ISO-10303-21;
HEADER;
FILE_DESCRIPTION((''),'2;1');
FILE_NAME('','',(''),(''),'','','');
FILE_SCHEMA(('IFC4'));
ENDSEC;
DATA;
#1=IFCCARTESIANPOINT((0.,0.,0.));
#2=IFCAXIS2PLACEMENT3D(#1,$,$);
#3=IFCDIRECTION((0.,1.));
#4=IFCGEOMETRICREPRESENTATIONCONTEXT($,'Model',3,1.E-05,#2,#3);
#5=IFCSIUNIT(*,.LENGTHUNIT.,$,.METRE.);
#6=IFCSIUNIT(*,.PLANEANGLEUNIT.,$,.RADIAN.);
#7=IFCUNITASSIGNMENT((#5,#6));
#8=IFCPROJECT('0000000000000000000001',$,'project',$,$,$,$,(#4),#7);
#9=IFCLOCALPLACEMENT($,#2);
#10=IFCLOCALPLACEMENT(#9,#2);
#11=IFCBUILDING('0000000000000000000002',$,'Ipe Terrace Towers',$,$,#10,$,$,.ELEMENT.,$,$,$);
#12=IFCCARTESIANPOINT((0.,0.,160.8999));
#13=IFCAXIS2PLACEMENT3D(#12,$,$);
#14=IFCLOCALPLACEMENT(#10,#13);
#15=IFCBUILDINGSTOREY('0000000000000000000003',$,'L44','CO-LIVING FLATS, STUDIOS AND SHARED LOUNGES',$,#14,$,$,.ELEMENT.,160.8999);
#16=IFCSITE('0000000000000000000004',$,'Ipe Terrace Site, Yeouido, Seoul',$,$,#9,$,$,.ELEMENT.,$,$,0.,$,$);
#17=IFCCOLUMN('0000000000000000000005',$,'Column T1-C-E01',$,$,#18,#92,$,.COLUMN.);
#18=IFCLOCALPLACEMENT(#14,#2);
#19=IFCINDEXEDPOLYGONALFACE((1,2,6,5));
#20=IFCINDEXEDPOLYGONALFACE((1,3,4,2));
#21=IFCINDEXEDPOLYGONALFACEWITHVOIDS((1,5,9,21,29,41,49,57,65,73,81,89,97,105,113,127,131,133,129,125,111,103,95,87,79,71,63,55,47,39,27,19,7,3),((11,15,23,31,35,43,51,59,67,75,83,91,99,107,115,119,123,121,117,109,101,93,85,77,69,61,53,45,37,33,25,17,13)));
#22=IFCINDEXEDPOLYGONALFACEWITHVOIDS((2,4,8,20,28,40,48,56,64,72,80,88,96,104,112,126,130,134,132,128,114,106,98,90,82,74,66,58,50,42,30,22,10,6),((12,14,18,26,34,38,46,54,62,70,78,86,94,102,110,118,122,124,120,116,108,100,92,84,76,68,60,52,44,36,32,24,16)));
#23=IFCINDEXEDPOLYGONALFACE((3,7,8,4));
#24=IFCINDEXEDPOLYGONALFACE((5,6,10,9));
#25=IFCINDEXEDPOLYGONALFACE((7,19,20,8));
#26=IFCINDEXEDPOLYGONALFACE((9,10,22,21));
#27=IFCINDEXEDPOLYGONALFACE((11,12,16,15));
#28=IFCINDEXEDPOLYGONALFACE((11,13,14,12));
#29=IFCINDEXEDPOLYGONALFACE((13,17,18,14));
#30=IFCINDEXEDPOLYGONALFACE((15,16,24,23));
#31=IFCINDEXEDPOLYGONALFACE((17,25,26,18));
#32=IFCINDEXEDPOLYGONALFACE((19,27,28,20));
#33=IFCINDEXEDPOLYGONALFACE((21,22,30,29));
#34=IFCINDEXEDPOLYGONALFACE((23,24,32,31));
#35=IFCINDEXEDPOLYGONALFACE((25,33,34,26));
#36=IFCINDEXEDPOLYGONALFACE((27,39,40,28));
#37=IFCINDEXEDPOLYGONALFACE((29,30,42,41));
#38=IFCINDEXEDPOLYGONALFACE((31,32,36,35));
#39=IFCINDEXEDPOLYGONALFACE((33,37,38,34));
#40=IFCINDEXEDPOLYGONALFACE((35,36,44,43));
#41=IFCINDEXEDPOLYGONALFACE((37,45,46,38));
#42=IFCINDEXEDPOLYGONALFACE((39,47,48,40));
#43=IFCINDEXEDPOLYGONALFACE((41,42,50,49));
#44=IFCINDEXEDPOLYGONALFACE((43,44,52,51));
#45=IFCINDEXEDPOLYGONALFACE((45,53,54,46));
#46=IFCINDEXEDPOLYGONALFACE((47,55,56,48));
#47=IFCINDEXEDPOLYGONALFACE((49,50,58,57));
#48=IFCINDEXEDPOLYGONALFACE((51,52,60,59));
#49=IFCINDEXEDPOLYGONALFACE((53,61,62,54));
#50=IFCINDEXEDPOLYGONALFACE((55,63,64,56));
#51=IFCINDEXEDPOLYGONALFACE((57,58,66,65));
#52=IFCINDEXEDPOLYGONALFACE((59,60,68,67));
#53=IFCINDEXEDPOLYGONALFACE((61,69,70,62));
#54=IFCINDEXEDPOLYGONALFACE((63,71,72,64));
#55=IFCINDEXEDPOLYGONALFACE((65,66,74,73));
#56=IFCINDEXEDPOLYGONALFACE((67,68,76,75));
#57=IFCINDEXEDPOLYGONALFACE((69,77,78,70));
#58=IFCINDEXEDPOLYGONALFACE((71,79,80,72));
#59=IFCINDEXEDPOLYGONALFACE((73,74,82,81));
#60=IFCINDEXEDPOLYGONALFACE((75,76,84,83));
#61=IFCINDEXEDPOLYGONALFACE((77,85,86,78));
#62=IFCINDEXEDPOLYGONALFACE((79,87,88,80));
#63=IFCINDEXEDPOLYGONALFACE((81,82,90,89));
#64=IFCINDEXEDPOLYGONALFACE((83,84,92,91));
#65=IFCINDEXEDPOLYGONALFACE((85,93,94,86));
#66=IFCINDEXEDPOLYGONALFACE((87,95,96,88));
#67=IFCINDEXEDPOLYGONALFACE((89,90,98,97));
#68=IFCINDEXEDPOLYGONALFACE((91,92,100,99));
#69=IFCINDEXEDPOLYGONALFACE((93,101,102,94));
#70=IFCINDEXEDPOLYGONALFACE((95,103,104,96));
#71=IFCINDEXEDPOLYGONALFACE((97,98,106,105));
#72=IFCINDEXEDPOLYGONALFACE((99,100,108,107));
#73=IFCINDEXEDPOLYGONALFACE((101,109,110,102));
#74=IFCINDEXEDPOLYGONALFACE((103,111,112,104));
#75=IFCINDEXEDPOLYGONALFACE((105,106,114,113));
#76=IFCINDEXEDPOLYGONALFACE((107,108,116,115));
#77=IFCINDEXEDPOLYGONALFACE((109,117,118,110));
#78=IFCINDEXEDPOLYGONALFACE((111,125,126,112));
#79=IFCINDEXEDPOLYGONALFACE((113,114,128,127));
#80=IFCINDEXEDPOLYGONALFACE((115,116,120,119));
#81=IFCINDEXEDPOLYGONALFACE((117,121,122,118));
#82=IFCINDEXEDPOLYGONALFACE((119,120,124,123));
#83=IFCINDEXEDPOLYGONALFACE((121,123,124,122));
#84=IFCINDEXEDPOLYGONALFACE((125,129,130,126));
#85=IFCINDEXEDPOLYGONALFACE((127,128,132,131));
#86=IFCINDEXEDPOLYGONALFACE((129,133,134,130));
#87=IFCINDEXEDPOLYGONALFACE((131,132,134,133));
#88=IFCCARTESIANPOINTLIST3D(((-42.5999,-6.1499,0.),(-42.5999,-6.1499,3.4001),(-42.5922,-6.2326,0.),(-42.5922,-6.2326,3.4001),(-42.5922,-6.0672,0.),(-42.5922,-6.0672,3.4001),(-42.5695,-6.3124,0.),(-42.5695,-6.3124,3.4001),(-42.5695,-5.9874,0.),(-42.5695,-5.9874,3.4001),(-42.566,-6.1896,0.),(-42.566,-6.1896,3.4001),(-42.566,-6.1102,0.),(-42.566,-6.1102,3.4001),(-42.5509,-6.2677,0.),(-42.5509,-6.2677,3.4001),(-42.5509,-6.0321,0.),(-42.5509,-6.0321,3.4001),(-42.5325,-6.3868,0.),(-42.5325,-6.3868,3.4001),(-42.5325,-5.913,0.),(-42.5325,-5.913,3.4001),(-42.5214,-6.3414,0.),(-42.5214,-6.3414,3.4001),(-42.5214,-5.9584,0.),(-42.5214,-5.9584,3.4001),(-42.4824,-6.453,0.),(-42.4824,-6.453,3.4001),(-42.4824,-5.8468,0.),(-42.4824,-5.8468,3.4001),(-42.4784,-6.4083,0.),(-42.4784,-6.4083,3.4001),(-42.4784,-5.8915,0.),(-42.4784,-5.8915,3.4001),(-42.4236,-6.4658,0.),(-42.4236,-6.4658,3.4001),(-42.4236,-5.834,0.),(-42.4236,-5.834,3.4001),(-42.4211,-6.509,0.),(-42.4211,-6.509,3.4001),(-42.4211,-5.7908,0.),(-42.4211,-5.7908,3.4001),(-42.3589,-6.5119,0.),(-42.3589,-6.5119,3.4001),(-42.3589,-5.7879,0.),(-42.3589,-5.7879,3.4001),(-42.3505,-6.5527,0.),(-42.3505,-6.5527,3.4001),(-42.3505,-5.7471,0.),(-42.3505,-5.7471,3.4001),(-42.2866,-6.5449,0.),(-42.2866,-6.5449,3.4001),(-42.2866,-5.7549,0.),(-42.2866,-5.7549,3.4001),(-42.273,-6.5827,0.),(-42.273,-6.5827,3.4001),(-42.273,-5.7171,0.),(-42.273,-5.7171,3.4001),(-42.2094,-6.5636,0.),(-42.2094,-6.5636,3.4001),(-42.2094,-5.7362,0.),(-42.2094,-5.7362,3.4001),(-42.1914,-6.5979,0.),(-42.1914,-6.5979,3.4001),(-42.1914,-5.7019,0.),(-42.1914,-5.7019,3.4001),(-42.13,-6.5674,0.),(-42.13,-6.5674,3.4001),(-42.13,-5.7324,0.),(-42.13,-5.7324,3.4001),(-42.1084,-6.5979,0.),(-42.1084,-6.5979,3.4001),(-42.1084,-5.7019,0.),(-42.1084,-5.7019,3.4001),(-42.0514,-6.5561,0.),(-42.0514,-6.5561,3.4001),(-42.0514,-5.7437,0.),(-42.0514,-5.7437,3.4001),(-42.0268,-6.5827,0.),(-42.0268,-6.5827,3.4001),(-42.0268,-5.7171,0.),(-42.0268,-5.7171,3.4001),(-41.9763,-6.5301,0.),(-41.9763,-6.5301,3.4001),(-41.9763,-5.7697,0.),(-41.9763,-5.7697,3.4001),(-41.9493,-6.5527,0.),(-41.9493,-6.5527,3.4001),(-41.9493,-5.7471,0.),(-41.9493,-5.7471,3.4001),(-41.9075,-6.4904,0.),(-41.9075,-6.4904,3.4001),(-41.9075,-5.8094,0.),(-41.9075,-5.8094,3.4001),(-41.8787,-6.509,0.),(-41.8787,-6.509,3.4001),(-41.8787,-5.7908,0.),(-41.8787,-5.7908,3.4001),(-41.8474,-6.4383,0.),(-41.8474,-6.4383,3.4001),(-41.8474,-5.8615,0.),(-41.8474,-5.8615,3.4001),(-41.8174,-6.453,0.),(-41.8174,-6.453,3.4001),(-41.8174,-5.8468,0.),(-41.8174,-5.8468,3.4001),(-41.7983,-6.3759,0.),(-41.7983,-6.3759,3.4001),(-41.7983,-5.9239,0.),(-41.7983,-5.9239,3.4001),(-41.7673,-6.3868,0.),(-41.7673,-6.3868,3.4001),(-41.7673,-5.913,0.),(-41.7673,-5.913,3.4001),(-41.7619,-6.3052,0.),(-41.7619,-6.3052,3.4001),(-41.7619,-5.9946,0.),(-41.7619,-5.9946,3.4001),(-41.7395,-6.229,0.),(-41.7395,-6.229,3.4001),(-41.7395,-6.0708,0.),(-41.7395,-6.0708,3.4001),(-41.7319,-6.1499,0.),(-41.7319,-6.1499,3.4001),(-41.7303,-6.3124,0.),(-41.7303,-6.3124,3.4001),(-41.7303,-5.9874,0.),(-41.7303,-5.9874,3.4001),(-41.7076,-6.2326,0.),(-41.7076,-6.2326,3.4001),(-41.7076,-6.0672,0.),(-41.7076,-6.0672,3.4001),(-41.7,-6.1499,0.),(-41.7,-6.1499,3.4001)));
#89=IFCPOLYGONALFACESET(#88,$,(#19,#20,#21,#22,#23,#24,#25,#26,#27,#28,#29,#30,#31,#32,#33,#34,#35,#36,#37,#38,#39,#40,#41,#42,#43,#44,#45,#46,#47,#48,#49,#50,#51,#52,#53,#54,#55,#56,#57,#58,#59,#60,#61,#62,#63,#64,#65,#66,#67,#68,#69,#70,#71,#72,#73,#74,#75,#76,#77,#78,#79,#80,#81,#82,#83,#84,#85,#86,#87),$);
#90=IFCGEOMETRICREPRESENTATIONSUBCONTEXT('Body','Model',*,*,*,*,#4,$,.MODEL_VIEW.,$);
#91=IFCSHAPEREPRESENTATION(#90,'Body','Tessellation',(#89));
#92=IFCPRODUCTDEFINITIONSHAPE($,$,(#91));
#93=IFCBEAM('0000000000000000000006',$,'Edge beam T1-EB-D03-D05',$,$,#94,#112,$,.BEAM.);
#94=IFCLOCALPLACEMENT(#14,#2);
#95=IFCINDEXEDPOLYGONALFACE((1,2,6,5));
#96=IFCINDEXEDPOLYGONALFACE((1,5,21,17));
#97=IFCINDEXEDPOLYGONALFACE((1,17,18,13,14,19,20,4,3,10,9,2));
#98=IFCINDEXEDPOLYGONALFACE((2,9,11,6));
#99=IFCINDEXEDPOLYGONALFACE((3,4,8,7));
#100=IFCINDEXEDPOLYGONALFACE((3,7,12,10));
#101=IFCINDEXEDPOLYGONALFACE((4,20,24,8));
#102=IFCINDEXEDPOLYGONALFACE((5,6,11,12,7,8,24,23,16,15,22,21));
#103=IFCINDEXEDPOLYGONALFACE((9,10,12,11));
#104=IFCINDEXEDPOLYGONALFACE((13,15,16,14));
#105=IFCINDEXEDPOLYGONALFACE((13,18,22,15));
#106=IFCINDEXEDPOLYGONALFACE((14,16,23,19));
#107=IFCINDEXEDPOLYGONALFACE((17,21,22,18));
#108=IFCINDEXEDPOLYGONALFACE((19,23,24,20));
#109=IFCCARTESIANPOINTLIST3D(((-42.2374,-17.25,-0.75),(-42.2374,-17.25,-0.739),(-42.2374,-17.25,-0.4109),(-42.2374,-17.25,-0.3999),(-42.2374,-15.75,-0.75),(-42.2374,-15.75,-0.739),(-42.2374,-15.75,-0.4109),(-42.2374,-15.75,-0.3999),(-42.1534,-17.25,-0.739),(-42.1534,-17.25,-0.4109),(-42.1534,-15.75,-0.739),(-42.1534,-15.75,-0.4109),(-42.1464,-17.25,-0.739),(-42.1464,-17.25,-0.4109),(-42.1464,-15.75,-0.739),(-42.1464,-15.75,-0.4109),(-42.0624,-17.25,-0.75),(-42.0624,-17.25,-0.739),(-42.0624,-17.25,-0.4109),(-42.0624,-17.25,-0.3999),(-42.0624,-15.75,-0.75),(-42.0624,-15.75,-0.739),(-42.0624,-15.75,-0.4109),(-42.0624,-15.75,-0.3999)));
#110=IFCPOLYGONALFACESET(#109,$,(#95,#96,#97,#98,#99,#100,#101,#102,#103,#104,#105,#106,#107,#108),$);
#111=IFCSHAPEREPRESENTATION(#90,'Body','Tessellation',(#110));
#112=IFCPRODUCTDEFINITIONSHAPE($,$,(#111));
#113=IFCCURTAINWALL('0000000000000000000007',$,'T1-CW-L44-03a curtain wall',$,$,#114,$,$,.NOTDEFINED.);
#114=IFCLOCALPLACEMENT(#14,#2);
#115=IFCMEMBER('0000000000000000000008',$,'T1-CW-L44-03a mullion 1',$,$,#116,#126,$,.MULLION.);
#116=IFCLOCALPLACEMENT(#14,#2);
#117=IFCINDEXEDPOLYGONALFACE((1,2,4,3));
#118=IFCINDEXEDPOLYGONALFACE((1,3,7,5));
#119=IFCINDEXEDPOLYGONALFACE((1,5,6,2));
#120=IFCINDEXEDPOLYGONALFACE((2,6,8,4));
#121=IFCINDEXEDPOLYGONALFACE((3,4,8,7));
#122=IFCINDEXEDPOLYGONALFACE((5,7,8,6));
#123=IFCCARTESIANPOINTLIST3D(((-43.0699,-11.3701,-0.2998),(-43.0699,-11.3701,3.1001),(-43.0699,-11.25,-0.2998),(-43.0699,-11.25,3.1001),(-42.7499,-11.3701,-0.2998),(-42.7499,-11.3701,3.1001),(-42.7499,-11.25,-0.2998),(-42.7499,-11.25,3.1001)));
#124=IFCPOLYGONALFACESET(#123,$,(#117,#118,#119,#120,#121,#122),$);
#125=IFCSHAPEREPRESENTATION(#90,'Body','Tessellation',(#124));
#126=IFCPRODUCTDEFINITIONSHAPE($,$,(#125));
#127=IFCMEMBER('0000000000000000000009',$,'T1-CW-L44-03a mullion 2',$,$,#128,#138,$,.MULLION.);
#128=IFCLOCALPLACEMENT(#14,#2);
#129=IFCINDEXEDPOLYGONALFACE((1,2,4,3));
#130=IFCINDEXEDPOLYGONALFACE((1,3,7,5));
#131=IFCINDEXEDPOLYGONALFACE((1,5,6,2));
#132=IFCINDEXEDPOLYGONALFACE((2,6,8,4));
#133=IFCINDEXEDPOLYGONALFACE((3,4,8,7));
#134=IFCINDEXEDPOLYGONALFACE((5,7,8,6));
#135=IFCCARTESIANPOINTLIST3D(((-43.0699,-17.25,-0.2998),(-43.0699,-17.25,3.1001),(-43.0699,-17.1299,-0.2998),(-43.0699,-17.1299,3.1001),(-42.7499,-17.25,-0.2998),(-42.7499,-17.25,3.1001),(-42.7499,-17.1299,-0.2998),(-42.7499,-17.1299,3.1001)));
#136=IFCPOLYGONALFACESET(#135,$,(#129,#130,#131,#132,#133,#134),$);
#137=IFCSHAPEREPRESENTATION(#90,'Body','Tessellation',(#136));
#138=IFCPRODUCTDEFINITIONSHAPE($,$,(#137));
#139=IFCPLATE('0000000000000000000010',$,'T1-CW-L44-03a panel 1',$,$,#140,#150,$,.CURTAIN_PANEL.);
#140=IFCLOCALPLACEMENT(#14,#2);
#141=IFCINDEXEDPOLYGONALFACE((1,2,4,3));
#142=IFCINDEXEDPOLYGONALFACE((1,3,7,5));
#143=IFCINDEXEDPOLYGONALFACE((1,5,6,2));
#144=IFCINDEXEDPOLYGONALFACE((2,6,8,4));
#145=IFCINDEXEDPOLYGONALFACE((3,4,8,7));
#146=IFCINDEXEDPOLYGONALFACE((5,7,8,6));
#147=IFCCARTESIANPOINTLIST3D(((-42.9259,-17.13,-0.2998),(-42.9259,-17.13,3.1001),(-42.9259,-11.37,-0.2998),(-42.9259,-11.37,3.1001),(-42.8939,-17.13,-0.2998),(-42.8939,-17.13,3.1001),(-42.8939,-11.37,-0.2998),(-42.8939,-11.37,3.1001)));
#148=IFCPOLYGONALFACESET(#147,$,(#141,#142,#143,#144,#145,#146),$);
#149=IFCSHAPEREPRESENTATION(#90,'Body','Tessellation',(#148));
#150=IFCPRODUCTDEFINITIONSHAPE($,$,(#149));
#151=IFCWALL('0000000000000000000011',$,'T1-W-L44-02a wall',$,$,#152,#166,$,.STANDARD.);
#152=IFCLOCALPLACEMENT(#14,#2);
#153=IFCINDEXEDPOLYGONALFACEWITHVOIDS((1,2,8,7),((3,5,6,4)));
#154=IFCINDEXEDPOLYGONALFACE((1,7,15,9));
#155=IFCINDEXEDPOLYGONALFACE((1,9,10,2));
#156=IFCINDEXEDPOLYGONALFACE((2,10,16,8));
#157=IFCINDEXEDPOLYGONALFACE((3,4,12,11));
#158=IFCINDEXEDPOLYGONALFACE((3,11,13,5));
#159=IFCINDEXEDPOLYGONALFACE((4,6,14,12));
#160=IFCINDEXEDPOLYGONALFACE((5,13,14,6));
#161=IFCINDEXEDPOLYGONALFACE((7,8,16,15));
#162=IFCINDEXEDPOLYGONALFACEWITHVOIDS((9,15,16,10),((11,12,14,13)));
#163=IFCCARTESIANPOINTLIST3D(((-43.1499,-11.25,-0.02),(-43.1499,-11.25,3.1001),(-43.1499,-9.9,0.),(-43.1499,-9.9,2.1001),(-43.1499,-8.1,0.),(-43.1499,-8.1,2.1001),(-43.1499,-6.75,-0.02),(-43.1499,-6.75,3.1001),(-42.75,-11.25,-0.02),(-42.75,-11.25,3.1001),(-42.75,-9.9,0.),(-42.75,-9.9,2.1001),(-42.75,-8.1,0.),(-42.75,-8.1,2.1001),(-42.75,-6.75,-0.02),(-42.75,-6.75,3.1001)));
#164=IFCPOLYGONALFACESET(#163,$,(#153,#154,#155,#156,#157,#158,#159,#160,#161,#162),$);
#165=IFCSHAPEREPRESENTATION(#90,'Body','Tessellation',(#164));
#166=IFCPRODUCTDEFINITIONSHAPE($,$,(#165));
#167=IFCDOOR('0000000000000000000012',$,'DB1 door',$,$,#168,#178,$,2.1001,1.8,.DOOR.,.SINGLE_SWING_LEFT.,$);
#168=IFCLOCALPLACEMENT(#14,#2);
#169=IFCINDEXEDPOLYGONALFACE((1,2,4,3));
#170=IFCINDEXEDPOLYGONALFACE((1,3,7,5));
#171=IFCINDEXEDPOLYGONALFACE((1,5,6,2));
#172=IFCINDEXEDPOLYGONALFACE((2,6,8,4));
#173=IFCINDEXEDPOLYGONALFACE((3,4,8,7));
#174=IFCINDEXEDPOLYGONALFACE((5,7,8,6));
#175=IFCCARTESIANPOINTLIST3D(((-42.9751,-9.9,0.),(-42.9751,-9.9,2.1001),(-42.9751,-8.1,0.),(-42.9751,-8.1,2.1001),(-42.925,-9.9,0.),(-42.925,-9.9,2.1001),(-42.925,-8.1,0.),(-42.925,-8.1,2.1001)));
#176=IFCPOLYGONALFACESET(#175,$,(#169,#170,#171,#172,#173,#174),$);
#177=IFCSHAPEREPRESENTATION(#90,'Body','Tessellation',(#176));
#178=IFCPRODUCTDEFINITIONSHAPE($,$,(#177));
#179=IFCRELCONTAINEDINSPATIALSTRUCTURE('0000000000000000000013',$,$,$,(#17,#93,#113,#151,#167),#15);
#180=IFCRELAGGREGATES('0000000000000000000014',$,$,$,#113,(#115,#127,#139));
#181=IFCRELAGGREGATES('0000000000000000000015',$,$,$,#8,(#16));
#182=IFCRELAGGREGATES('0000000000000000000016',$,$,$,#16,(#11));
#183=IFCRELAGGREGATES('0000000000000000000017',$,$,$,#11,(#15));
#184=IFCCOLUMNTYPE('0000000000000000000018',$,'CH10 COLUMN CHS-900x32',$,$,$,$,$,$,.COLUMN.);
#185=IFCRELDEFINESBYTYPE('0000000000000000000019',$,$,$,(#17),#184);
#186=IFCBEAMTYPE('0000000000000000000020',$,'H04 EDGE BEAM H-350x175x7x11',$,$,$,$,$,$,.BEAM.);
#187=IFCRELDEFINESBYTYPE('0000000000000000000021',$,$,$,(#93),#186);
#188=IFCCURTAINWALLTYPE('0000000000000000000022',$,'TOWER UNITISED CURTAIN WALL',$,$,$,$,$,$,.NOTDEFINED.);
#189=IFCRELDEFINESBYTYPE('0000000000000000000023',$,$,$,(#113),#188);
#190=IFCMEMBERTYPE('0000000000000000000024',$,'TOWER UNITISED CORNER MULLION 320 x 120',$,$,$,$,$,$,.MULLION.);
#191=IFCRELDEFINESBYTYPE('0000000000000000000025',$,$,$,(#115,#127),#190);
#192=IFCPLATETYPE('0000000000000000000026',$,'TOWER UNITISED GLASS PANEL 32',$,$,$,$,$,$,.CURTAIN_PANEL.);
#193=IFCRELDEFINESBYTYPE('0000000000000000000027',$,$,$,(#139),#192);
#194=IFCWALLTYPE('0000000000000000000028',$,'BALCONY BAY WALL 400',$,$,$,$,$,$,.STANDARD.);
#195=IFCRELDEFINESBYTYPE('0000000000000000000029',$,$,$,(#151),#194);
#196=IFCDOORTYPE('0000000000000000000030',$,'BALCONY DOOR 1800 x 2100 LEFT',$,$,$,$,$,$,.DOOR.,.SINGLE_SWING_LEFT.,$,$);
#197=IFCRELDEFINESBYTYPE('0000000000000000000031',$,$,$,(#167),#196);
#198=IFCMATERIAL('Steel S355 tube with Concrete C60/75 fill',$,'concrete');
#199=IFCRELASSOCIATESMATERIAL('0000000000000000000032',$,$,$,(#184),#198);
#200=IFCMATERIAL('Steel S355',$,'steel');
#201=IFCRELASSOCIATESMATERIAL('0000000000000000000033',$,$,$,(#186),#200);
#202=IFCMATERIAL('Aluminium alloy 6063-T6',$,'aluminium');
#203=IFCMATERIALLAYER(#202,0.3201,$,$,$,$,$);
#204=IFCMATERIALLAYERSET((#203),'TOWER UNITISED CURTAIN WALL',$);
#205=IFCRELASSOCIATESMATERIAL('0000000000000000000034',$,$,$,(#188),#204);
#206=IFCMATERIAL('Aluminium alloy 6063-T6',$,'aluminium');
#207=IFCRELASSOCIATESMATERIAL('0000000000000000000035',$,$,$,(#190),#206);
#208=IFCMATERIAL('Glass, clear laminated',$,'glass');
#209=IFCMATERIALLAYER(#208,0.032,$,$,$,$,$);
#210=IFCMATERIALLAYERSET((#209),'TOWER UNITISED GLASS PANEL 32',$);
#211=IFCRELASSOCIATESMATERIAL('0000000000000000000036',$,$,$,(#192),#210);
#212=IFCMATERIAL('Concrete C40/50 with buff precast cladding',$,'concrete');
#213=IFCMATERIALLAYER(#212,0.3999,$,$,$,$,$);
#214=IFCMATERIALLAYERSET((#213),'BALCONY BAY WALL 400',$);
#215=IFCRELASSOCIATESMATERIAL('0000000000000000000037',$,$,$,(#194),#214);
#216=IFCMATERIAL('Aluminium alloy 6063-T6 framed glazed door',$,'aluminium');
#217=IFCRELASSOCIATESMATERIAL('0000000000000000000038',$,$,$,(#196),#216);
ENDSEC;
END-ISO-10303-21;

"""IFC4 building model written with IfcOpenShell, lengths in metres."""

from ifc_helpers import new_model, si_unit, direction, frame, frame_2d, origin, origin_2d, place, context, subcontext, project, spatial, rectangle, hollow_circle, i_section, extrude, material, layer, layer_set, material_profile, profile_set, type_object, element, fill, aggregate, save


model = new_model("IFC4")

# Units and contexts
model_context = context("Model", 3, precision=1e-05, world=origin(), true_north=direction((0.0, 1.0)))
body_context = subcontext(model_context, "Body", "Model", "MODEL_VIEW")
ifc_project = project(units=[si_unit("LENGTHUNIT", "METRE"), si_unit("PLANEANGLEUNIT", "RADIAN")], contexts=[model_context])

# Site, building, storey
site_placement = place(None, origin())
site = spatial("IfcSite", under=ifc_project, at=site_placement, Name="Ipe Terrace Site, Yeouido, Seoul", CompositionType="ELEMENT", RefElevation=0.0)
building_placement = place(site_placement, origin())
building = spatial("IfcBuilding", under=site, at=building_placement, Name="Ipe Terrace Towers", CompositionType="ELEMENT")
storey_placement = place(building_placement, frame((0.0, 0.0, 160.8999)))
storey = spatial("IfcBuildingStorey", under=building, at=storey_placement, Name="L44", Description="CO-LIVING FLATS, STUDIOS AND SHARED LOUNGES", CompositionType="ELEMENT", Elevation=160.8999)

# Column
ifc_material_1 = material(Name="Steel S355 tube with Concrete C60/75 fill", Category="concrete")
ifc_material_profile_1 = material_profile(ifc_material_1, hollow_circle(Radius=0.45, WallThickness=0.032, at=origin_2d()), Name="CHS-900x32")
ifc_profile_set_1 = profile_set([ifc_material_profile_1], Name="Steel S355 tube with Concrete C60/75 fill")
column_type_1 = type_object("IfcColumnType", Name="CH10 COLUMN CHS-900x32", PredefinedType="COLUMN", material=ifc_profile_set_1)
column_placement = place(storey_placement, frame((-42.1499, -6.1499, 0.0), z_axis=(0.0, 0.0, 1.0), x_axis=(1.0, 0.0, 0.0)))
element("IfcColumn", 1, at=column_placement, inside=storey, type_object=column_type_1, Name="Column T1-C-E01", PredefinedType="COLUMN", context=body_context, shape_type="SweptSolid", body=[
    extrude(hollow_circle(Radius=0.45, WallThickness=0.032, at=origin_2d()), origin(), (0.0, 0.0, 1.0), 3.4001),
])

# Beam
ifc_material_2 = material(Name="Steel S355", Category="steel")
ifc_material_profile_2 = material_profile(ifc_material_2, i_section(OverallWidth=0.175, OverallDepth=0.3501, WebThickness=0.0071, FlangeThickness=0.011, at=origin_2d()), Name="H-350x175x7x11")
ifc_profile_set_2 = profile_set([ifc_material_profile_2], Name="Steel S355")
beam_type = type_object("IfcBeamType", Name="H04 EDGE BEAM H-350x175x7x11", PredefinedType="BEAM", material=ifc_profile_set_2)
beam_placement = place(storey_placement, frame((-42.1499, -15.75, -0.575), z_axis=(0.0, -1.0, 0.0), x_axis=(1.0, 0.0, 0.0)))
element("IfcBeam", 2, at=beam_placement, inside=storey, type_object=beam_type, Name="Edge beam T1-EB-D03-D05", PredefinedType="BEAM", context=body_context, shape_type="SweptSolid", body=[
    extrude(i_section(OverallWidth=0.175, OverallDepth=0.3501, WebThickness=0.0071, FlangeThickness=0.011, at=origin_2d()), origin(), (0.0, 0.0, 1.0), 1.5),
])

# Curtain wall, members, plate
ifc_material_3 = material(Name="Aluminium alloy 6063-T6", Category="aluminium")
ifc_layer_1 = layer(ifc_material_3, 0.3201)
ifc_layer_set_1 = layer_set([ifc_layer_1], Name="TOWER UNITISED CURTAIN WALL")
curtain_wall_type = type_object("IfcCurtainWallType", Name="TOWER UNITISED CURTAIN WALL", PredefinedType="NOTDEFINED", material=ifc_layer_set_1)
curtain_wall_placement = place(storey_placement, origin())
curtain_wall = element("IfcCurtainWall", 3, at=curtain_wall_placement, inside=storey, type_object=curtain_wall_type, Name="T1-CW-L44-03a curtain wall", PredefinedType="NOTDEFINED")
ifc_material_4 = material(Name="Aluminium alloy 6063-T6", Category="aluminium")
ifc_material_profile_3 = material_profile(ifc_material_4, rectangle(XDim=0.3201, YDim=0.1201, at=origin_2d()), Name="TOWER UNITISED CORNER MULLION 320 x 120")
ifc_profile_set_3 = profile_set([ifc_material_profile_3], Name="Aluminium alloy 6063-T6")
member_type = type_object("IfcMemberType", Name="TOWER UNITISED CORNER MULLION 320 x 120", PredefinedType="MULLION", material=ifc_profile_set_3)
member_1_placement = place(storey_placement, frame((-42.9099, -11.3101, -0.2998), z_axis=(0.0, 0.0, 1.0), x_axis=(-1.0, 0.0, 0.0)))
member_1 = element("IfcMember", 4, at=member_1_placement, type_object=member_type, Name="T1-CW-L44-03a mullion 1", PredefinedType="MULLION", context=body_context, shape_type="SweptSolid", body=[
    extrude(rectangle(XDim=0.3201, YDim=0.1201, at=origin_2d()), origin(), (0.0, 0.0, 1.0), 3.3999),
])
member_2_placement = place(storey_placement, frame((-42.9099, -17.1899, -0.2998), z_axis=(0.0, 0.0, 1.0), x_axis=(-1.0, 0.0, 0.0)))
member_2 = element("IfcMember", 5, at=member_2_placement, type_object=member_type, Name="T1-CW-L44-03a mullion 2", PredefinedType="MULLION", context=body_context, shape_type="SweptSolid", body=[
    extrude(rectangle(XDim=0.3201, YDim=0.1201, at=origin_2d()), origin(), (0.0, 0.0, 1.0), 3.3999),
])
ifc_material_5 = material(Name="Glass, clear laminated", Category="glass")
ifc_layer_2 = layer(ifc_material_5, 0.032)
ifc_layer_set_2 = layer_set([ifc_layer_2], Name="TOWER UNITISED GLASS PANEL 32")
plate_type = type_object("IfcPlateType", Name="TOWER UNITISED GLASS PANEL 32", PredefinedType="CURTAIN_PANEL", material=ifc_layer_set_2)
plate_placement = place(storey_placement, frame((-42.9099, -14.25, -0.2998), z_axis=(0.0, 0.0, 1.0), x_axis=(0.0, -1.0, 0.0)))
plate = element("IfcPlate", 6, at=plate_placement, type_object=plate_type, Name="T1-CW-L44-03a panel 1", PredefinedType="CURTAIN_PANEL", context=body_context, shape_type="SweptSolid", body=[
    extrude(rectangle(XDim=5.76, YDim=0.032, at=origin_2d()), origin(), (0.0, 0.0, 1.0), 3.3999),
])
aggregate(curtain_wall, [member_1, member_2, plate])

# Wall, opening, door
ifc_material_6 = material(Name="Concrete C40/50 with buff precast cladding", Category="concrete")
ifc_layer_3 = layer(ifc_material_6, 0.3999)
ifc_layer_set_3 = layer_set([ifc_layer_3], Name="BALCONY BAY WALL 400")
wall_type_1 = type_object("IfcWallType", Name="BALCONY BAY WALL 400", PredefinedType="STANDARD", material=ifc_layer_set_3)
wall_1_placement = place(storey_placement, frame((-42.95, -6.75, -0.02), z_axis=(0.0, 0.0, 1.0), x_axis=(0.0, -1.0, 0.0)))
wall_1 = element("IfcWall", 7, at=wall_1_placement, inside=storey, type_object=wall_type_1, Name="T1-W-L44-02a wall", PredefinedType="STANDARD", context=body_context, shape_type="SweptSolid", body=[
    extrude(rectangle(XDim=4.5, YDim=0.3999, at=frame_2d((2.25, 0.0))), origin(), (0.0, 0.0, 1.0), 3.1201),
])
opening_1_placement = place(wall_1_placement, frame((1.3501, 0.0, 0.02)))
opening_1 = element("IfcOpeningElement", 8, at=opening_1_placement, cuts=wall_1, PredefinedType="OPENING", context=body_context, shape_type="SweptSolid", body=[
    extrude(rectangle(XDim=1.8, YDim=2.1001, at=frame_2d((0.8999, 1.05))), frame((0.0, 0.21, 0.0), z_axis=(0.0, -1.0, 0.0), x_axis=(1.0, 0.0, 0.0)), (0.0, 0.0, 1.0), 0.4199),
])
ifc_material_7 = material(Name="Aluminium alloy 6063-T6 framed glazed door", Category="aluminium")
door_type_1 = type_object("IfcDoorType", Name="BALCONY DOOR 1800 x 2100 LEFT", OperationType="SINGLE_SWING_LEFT", PredefinedType="DOOR", material=ifc_material_7)
door_1_placement = place(opening_1_placement, origin())
door_1 = element("IfcDoor", 9, at=door_1_placement, inside=storey, type_object=door_type_1, Name="DB1 door", OperationType="SINGLE_SWING_LEFT", OverallHeight=2.1001, OverallWidth=1.8, PredefinedType="DOOR", context=body_context, shape_type="SweptSolid", body=[
    extrude(rectangle(XDim=1.8, YDim=2.1001, at=frame_2d((0.8999, 1.05))), frame((0.0, 0.0249, 0.0), z_axis=(0.0, -1.0, 0.0), x_axis=(1.0, 0.0, 0.0)), (0.0, 0.0, 1.0), 0.05),
])
fill(opening_1, door_1)

save(model, "model.ifc")
